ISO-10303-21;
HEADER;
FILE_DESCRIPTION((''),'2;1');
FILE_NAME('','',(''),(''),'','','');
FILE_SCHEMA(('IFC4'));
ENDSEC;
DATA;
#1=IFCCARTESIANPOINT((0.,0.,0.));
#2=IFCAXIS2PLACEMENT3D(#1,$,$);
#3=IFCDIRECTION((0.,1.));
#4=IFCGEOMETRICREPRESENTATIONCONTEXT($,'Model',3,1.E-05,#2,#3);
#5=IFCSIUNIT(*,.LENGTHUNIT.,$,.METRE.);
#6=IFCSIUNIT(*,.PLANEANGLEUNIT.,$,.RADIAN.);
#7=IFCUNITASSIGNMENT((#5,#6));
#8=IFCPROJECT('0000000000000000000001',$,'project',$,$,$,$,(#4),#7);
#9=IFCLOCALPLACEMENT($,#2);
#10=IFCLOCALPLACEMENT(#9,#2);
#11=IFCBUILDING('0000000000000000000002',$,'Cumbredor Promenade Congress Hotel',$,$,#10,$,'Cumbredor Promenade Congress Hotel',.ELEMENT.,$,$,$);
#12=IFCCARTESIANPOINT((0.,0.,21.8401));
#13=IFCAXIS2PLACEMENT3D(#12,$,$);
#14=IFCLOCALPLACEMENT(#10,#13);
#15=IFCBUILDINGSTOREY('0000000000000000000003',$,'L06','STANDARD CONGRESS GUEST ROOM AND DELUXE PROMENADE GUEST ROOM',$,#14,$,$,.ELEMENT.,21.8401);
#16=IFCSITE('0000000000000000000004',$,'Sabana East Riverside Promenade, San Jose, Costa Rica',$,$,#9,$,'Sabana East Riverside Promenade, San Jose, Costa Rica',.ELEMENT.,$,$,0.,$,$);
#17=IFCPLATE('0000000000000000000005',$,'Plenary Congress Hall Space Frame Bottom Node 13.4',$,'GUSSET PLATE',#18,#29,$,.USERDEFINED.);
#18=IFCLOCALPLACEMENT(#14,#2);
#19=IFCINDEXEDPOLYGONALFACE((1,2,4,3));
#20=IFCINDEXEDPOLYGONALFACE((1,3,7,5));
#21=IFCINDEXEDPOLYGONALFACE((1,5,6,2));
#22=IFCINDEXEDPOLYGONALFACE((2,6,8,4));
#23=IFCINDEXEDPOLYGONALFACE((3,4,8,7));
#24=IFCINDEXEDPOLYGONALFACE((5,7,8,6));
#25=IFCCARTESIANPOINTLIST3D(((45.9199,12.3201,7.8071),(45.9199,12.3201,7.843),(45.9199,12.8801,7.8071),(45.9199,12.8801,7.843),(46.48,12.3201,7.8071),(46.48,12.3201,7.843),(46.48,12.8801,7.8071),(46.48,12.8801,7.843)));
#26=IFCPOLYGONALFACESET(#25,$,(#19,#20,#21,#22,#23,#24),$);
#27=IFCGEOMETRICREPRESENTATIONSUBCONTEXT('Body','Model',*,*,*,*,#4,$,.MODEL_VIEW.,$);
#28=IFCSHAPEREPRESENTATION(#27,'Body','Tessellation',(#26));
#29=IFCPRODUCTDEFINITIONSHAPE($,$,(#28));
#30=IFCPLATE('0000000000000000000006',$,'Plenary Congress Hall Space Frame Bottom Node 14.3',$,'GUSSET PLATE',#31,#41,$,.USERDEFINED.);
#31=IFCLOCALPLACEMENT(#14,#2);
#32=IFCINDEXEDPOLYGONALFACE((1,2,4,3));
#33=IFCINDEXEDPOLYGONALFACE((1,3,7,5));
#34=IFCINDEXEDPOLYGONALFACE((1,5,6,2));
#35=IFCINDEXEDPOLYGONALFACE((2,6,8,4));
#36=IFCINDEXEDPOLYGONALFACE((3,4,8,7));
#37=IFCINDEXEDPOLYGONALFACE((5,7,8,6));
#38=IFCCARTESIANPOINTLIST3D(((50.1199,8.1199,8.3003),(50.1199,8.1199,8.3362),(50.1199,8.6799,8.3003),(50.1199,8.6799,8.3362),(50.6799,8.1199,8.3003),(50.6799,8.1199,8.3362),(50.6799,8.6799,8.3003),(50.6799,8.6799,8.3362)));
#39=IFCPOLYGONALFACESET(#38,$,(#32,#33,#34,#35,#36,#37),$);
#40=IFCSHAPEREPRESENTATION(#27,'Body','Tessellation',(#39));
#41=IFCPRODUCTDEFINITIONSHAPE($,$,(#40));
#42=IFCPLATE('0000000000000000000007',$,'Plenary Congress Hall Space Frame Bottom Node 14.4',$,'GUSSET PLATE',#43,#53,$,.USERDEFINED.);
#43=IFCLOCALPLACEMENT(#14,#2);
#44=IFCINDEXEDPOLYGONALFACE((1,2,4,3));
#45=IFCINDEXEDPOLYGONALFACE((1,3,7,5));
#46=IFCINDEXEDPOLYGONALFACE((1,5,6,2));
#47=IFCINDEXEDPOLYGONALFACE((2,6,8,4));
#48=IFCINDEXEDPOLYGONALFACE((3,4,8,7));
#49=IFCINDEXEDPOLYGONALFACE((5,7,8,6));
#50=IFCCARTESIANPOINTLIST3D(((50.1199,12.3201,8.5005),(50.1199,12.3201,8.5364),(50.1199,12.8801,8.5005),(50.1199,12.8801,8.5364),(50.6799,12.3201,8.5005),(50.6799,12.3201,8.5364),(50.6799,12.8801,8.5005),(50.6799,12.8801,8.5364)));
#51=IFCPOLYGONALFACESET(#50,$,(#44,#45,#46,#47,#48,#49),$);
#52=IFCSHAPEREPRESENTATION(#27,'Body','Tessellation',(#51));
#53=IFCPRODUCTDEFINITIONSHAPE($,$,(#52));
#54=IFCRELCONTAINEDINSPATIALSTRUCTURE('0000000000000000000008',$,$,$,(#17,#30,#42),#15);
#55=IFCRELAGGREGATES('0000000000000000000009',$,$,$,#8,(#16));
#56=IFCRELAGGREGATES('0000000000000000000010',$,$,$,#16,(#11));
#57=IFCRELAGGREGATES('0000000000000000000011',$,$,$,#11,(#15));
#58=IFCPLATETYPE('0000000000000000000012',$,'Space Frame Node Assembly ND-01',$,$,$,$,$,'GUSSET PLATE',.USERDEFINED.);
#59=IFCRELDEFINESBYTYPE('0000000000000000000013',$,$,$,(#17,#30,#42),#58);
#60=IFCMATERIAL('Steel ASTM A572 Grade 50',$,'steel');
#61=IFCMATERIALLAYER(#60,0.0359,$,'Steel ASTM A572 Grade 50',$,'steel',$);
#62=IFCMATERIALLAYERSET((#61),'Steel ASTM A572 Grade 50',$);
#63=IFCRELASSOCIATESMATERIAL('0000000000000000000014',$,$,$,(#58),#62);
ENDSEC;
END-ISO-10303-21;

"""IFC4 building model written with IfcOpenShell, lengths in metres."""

from ifc_helpers import new_model, si_unit, direction, frame, origin, origin_2d, place, context, subcontext, project, spatial, rectangle, extrude, material, layer, layer_set, type_object, element, save


model = new_model("IFC4")

# Units and contexts
model_context = context("Model", 3, precision=1e-05, world=origin(), true_north=direction((0.0, 1.0)))
body_context = subcontext(model_context, "Body", "Model", "MODEL_VIEW")
ifc_project = project(units=[si_unit("LENGTHUNIT", "METRE"), si_unit("PLANEANGLEUNIT", "RADIAN")], contexts=[model_context])

# Site, building, storey
site_placement = place(None, origin())
site = spatial("IfcSite", under=ifc_project, at=site_placement, Name="Sabana East Riverside Promenade, San Jose, Costa Rica", LongName="Sabana East Riverside Promenade, San Jose, Costa Rica", CompositionType="ELEMENT", RefElevation=0.0)
building_placement = place(site_placement, origin())
building = spatial("IfcBuilding", under=site, at=building_placement, Name="Cumbredor Promenade Congress Hotel", LongName="Cumbredor Promenade Congress Hotel", CompositionType="ELEMENT")
storey_placement = place(building_placement, frame((0.0, 0.0, 21.8401)))
storey = spatial("IfcBuildingStorey", under=building, at=storey_placement, Name="L06", Description="STANDARD CONGRESS GUEST ROOM AND DELUXE PROMENADE GUEST ROOM", CompositionType="ELEMENT", Elevation=21.8401)

# Plates
ifc_material_1 = material(Name="Steel ASTM A572 Grade 50", Category="steel")
ifc_layer_1 = layer(ifc_material_1, 0.0359, Name="Steel ASTM A572 Grade 50", Category="steel")
ifc_layer_set_1 = layer_set([ifc_layer_1], Name="Steel ASTM A572 Grade 50")
plate_type_1 = type_object("IfcPlateType", Name="Space Frame Node Assembly ND-01", ElementType="GUSSET PLATE", PredefinedType="USERDEFINED", material=ifc_layer_set_1)
for number, where, z_axis, x_axis, name in (
    (1, (46.2, 12.6001, 7.8071), (0.0, 0.0, 1.0), (1.0, 0.0, 0.0), "Plenary Congress Hall Space Frame Bottom Node 13.4"),
    (2, (50.3999, 8.3999, 8.3003), (0.0, 0.0, 1.0), (1.0, 0.0, 0.0), "Plenary Congress Hall Space Frame Bottom Node 14.3"),
    (3, (50.3999, 12.6001, 8.5005), (0.0, 0.0, 1.0), (1.0, 0.0, 0.0), "Plenary Congress Hall Space Frame Bottom Node 14.4"),
):
    element("IfcPlate", number, at=place(storey_placement, frame(where, z_axis=z_axis, x_axis=x_axis)), inside=storey, type_object=plate_type_1, Name=name, ObjectType="GUSSET PLATE", PredefinedType="USERDEFINED", context=body_context, shape_type="SweptSolid", body=[
        extrude(rectangle(XDim=0.5601, YDim=0.5601, at=origin_2d()), origin(), (0.0, 0.0, 1.0), 0.0359),
    ])

save(model, "model.ifc")
